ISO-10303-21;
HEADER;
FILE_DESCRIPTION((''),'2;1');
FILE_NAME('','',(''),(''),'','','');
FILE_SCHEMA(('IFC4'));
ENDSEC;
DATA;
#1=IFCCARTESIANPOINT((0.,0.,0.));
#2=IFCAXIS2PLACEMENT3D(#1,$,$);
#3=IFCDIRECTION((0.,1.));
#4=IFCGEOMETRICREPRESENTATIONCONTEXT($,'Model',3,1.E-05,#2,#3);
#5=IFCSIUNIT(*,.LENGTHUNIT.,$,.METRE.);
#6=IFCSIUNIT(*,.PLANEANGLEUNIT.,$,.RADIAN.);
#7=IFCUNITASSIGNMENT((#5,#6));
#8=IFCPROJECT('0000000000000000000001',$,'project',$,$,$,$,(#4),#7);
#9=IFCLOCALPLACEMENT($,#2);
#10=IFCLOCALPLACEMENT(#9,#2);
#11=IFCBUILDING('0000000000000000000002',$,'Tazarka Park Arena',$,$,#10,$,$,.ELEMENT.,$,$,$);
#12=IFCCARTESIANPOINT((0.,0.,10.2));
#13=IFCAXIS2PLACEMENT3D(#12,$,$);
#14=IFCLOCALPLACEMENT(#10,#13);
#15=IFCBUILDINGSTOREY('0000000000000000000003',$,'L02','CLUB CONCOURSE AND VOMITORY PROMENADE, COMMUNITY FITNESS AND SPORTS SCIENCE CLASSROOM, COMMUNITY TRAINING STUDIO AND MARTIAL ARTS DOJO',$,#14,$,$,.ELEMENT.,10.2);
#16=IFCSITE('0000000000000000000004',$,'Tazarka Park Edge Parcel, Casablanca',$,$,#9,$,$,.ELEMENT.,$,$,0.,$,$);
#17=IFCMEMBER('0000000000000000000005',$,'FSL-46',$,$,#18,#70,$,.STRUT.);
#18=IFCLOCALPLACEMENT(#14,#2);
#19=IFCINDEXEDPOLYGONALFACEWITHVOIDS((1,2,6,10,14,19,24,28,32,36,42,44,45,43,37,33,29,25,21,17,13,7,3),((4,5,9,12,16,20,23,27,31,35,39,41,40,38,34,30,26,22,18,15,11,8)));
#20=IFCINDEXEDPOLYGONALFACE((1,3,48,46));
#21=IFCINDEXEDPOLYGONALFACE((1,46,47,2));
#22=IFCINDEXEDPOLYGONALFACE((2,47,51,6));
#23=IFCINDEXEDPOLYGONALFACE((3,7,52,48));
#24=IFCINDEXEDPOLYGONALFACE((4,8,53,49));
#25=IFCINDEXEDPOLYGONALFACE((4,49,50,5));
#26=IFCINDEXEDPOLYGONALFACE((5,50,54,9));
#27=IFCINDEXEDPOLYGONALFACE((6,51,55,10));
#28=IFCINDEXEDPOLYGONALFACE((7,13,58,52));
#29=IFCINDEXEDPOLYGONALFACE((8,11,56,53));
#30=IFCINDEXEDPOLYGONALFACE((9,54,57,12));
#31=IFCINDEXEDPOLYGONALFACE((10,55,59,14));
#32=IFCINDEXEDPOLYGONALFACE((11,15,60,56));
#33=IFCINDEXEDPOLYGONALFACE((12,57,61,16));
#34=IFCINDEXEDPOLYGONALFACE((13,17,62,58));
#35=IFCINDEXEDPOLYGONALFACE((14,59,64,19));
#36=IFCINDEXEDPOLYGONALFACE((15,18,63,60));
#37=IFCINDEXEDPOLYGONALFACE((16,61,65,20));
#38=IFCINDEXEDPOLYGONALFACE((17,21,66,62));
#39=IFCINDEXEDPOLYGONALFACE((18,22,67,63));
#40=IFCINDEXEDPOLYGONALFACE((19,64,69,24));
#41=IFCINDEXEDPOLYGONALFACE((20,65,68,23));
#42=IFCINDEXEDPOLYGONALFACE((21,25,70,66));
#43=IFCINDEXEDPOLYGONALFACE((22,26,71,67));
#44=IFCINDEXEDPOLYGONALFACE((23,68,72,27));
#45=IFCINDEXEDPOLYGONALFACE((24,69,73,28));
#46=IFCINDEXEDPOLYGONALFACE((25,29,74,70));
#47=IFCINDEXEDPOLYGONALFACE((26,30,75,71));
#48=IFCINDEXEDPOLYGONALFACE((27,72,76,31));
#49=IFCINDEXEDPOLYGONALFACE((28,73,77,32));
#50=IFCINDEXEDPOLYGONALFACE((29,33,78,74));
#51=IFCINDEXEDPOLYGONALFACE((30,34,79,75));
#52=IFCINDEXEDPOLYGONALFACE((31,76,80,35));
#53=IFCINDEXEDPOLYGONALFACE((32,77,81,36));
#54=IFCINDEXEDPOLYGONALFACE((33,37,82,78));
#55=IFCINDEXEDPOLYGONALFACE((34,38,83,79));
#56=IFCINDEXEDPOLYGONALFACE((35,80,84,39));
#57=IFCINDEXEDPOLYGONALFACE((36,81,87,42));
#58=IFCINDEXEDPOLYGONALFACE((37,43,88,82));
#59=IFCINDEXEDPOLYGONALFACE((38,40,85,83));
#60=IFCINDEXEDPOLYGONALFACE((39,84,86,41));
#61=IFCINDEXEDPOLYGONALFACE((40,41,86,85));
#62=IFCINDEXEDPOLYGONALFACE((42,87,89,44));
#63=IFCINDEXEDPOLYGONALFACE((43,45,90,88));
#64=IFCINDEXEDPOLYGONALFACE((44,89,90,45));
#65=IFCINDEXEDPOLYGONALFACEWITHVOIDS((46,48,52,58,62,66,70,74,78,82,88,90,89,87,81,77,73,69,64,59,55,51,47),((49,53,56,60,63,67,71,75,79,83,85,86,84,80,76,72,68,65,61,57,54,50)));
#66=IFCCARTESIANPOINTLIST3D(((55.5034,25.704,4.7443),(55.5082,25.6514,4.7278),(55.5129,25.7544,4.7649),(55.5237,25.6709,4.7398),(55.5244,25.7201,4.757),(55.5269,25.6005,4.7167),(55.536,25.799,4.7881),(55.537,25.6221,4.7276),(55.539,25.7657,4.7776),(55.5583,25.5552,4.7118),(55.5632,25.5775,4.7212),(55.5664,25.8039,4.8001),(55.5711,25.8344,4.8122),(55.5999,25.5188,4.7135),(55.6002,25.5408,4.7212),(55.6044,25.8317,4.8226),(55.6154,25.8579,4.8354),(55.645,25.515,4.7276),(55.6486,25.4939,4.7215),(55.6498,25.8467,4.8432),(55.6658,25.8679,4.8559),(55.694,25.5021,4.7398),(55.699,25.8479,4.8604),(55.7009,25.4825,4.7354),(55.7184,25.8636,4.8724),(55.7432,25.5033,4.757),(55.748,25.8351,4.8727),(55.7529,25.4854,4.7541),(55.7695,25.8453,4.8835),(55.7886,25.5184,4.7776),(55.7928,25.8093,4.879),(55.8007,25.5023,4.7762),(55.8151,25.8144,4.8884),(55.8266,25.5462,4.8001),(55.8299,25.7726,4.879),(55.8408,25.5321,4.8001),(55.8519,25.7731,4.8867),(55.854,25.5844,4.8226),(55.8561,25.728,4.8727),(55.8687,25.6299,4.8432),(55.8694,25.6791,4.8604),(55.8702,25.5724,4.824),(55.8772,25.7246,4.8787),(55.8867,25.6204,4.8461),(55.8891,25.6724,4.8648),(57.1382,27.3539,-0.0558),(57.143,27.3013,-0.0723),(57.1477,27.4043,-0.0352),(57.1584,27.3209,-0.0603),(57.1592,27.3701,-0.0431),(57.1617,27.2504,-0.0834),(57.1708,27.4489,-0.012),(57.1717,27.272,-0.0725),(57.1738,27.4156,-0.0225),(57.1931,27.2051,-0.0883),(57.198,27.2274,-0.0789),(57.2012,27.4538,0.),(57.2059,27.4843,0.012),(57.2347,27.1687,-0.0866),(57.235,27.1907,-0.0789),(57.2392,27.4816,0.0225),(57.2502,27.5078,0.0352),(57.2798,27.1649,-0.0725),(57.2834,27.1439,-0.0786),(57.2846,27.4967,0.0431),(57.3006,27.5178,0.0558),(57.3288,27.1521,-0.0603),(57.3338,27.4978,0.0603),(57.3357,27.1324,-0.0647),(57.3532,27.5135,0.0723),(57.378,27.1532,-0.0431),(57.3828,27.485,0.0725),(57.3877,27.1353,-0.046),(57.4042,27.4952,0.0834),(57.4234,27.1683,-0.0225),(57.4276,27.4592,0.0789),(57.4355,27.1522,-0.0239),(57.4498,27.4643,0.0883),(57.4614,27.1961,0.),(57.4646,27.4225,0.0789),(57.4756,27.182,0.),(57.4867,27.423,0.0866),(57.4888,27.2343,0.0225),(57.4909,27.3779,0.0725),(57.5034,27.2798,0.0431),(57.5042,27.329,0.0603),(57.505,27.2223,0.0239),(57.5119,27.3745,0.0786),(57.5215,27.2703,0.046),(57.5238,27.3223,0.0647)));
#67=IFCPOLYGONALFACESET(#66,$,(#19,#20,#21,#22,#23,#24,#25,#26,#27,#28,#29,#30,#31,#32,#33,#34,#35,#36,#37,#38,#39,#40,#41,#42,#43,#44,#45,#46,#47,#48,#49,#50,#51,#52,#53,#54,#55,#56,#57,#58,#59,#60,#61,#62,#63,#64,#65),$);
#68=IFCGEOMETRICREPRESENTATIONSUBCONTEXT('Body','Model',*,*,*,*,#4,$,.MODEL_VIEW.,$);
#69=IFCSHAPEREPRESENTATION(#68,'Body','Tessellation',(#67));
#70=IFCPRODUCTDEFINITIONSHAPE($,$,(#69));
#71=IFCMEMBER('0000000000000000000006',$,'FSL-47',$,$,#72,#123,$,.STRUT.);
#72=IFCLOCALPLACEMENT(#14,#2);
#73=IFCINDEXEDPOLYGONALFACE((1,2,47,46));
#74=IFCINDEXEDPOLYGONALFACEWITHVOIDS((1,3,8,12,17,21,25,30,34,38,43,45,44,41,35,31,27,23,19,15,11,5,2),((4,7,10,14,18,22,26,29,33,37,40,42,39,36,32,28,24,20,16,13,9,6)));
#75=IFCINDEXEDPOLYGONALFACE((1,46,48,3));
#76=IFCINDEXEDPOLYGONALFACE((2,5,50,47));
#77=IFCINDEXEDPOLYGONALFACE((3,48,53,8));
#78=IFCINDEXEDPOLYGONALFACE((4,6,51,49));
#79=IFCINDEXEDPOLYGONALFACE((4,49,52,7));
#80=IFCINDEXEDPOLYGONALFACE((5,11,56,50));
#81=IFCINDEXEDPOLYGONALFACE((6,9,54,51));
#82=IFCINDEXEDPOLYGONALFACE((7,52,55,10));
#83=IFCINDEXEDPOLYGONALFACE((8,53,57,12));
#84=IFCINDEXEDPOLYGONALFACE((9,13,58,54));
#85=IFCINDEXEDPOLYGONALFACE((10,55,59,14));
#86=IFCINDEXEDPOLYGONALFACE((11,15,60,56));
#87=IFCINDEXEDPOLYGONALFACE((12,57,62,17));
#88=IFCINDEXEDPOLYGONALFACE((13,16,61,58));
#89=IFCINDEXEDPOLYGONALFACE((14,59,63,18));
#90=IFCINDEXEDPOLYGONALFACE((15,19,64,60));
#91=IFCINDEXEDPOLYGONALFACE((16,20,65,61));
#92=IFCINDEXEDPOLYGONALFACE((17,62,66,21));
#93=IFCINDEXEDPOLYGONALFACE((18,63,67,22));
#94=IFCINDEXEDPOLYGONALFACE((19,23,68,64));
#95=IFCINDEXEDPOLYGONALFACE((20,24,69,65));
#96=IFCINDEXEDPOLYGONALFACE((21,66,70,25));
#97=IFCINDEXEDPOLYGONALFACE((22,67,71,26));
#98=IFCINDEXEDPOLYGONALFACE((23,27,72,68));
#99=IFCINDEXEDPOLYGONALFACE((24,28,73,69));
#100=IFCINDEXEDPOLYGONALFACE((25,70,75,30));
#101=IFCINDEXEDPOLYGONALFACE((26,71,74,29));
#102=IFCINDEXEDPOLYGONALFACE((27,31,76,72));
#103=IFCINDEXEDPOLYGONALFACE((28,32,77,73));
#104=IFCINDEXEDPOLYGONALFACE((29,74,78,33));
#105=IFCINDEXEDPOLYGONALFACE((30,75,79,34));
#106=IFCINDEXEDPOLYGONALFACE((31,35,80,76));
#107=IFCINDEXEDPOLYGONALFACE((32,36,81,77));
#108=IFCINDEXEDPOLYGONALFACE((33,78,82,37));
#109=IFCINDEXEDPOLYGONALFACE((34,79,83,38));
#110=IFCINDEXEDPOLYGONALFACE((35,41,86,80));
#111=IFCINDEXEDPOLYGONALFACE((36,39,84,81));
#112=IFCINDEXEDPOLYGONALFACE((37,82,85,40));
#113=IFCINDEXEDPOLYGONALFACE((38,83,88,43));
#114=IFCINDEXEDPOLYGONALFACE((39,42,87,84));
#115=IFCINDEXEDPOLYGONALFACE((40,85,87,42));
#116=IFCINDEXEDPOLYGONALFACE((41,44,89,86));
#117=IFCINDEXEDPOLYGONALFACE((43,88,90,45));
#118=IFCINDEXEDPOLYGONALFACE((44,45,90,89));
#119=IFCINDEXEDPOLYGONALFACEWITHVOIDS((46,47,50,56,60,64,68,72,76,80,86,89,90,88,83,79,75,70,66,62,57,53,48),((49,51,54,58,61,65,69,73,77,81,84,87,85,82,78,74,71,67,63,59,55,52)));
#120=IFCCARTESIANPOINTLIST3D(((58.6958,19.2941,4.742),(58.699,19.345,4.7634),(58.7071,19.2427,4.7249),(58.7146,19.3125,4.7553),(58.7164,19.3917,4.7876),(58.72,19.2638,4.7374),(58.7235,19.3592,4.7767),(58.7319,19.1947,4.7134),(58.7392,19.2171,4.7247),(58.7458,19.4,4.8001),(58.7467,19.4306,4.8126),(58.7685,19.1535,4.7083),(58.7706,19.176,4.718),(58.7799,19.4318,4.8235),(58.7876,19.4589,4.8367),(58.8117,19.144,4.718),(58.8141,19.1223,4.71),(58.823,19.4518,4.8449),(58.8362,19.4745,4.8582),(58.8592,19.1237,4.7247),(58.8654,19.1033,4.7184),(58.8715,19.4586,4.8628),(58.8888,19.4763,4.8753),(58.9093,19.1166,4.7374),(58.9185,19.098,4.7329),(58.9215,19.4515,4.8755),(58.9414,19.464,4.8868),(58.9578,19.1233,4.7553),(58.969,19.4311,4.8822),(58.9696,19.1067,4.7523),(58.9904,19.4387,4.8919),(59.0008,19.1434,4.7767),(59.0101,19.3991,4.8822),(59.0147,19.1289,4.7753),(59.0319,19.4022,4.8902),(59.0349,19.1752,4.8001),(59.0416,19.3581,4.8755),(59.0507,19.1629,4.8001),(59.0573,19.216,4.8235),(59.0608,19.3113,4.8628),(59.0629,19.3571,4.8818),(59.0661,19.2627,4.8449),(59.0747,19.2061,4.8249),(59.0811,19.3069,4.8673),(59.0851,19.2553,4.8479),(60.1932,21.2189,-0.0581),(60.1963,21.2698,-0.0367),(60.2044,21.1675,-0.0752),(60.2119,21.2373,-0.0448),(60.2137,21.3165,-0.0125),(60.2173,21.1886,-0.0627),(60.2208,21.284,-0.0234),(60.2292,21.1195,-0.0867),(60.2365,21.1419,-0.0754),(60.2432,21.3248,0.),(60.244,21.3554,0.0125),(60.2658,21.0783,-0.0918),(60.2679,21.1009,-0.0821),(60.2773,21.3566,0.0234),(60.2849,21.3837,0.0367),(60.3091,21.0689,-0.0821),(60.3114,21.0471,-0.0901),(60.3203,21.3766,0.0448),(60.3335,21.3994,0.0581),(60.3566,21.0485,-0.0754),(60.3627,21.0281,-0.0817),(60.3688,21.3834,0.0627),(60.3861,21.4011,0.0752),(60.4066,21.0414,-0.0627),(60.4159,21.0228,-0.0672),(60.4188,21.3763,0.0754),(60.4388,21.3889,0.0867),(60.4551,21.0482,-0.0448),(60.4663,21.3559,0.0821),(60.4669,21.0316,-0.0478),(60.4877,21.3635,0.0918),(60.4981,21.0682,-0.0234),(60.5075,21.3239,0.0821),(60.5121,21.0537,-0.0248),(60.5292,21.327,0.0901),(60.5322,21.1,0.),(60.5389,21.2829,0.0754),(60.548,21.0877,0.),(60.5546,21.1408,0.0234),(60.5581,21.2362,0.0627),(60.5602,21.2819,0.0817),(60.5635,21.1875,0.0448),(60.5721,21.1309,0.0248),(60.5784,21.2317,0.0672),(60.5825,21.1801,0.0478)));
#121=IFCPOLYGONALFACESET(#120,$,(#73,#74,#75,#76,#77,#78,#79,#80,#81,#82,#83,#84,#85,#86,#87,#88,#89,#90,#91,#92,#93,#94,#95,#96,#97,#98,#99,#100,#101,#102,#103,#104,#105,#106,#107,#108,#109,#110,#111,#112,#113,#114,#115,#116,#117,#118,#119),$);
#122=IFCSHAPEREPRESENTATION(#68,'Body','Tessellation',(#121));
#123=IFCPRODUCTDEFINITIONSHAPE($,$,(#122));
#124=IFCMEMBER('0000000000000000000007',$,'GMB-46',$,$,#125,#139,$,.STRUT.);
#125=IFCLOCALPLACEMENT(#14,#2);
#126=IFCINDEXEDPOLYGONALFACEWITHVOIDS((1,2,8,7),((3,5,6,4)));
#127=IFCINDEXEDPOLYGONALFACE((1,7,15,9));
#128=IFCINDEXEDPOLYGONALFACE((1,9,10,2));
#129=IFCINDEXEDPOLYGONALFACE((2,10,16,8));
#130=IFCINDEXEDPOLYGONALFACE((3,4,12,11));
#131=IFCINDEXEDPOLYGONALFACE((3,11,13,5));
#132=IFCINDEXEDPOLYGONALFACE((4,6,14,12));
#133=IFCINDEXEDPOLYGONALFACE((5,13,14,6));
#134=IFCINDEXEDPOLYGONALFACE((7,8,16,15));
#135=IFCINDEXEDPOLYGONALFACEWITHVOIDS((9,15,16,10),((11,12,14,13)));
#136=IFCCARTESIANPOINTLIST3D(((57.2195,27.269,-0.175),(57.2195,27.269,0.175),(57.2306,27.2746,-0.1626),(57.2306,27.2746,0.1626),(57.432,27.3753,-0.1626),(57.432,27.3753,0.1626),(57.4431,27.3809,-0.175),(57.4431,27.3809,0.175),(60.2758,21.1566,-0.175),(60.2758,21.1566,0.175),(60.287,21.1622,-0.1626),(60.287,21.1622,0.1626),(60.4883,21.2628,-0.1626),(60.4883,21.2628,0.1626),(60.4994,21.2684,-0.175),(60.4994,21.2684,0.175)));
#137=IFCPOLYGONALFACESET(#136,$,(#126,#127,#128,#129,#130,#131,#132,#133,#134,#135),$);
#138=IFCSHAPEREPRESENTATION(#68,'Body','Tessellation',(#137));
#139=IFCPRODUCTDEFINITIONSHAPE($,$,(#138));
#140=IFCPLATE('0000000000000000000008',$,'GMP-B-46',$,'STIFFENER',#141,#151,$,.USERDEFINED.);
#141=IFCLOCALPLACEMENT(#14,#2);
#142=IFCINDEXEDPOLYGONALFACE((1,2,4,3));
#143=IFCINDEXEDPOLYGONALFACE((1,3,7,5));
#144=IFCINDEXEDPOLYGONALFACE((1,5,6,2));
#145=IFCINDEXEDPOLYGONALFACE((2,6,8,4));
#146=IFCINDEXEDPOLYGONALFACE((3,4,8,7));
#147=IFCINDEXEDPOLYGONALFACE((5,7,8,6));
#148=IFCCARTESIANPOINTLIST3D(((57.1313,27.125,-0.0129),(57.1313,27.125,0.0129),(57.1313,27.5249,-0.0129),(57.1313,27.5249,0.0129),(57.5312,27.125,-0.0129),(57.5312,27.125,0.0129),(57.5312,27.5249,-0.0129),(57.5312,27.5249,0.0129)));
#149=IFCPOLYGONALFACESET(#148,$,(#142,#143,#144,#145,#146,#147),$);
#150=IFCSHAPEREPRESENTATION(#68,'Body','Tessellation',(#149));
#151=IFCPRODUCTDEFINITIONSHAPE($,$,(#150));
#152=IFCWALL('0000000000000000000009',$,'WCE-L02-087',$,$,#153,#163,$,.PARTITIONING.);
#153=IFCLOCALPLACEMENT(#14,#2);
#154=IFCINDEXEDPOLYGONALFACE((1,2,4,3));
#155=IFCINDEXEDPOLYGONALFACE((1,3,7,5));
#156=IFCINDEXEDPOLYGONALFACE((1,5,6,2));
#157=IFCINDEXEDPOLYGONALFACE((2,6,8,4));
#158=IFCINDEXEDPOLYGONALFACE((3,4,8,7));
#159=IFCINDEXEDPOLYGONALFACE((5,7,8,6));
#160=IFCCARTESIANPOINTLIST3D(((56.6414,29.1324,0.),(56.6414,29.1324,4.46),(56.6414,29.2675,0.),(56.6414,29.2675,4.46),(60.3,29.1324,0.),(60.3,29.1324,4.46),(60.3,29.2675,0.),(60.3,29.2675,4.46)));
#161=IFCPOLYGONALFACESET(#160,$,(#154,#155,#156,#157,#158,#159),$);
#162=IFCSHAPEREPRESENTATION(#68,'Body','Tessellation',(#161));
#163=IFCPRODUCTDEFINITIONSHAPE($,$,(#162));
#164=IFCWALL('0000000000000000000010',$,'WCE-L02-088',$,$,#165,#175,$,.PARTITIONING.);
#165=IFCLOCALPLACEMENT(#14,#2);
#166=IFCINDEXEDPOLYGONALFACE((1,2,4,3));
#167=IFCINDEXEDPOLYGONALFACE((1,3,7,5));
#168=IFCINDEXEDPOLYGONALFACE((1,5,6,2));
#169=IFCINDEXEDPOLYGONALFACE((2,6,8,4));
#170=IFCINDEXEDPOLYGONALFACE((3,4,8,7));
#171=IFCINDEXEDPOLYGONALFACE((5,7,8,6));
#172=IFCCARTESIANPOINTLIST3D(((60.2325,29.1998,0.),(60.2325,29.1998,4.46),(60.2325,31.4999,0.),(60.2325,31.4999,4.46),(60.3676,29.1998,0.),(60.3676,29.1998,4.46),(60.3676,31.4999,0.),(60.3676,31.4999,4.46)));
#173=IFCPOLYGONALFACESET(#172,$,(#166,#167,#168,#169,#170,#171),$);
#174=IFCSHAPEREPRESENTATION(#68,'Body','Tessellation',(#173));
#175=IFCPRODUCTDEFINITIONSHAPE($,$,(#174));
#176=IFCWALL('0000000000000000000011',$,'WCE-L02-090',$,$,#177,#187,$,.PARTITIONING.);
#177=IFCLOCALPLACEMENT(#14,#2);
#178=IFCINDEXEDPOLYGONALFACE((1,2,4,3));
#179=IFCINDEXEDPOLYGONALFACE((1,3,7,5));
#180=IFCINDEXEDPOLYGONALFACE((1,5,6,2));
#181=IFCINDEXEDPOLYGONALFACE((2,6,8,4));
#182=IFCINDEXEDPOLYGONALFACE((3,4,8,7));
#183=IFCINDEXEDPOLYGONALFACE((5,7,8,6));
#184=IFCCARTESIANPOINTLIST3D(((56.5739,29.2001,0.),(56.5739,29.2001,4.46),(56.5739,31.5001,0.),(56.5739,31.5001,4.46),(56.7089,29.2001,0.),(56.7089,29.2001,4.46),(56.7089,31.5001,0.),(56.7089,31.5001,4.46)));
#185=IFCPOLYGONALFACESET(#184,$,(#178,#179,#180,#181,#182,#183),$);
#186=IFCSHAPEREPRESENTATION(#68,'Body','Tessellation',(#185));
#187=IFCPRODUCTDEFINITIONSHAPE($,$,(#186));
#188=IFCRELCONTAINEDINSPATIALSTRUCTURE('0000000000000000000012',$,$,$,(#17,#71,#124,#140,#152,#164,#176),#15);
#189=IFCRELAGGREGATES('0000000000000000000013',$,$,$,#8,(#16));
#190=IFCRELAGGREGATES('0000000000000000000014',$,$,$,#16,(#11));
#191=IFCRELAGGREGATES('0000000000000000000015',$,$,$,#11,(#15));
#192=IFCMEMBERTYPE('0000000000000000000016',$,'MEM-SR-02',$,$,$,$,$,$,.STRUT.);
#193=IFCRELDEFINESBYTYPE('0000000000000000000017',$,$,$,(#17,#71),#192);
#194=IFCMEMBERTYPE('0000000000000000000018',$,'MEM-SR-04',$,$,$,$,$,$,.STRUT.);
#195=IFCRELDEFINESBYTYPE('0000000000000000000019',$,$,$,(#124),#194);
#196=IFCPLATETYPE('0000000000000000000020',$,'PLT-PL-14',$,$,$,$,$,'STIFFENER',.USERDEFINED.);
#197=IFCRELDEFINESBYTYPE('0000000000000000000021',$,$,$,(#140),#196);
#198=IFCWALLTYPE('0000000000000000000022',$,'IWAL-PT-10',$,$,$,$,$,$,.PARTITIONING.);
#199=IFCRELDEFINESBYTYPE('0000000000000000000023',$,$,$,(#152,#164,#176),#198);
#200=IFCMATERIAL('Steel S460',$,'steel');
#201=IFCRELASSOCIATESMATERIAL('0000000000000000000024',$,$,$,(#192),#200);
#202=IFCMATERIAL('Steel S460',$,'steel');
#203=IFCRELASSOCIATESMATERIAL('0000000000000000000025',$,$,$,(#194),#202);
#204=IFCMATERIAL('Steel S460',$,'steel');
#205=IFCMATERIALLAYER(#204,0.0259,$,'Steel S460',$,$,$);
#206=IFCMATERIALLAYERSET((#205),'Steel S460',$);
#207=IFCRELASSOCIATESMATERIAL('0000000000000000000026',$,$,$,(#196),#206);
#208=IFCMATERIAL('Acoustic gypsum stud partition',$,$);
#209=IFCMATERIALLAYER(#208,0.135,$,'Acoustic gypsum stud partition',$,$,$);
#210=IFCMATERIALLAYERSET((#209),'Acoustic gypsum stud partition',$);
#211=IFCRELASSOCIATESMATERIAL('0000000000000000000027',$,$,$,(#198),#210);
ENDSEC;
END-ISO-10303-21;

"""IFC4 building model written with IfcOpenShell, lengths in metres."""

from ifc_helpers import new_model, si_unit, direction, frame, frame_2d, origin, origin_2d, place, context, subcontext, project, spatial, rectangle, hollow_rectangle, hollow_circle, extrude, material, layer, layer_set, material_profile, profile_set, type_object, element, save


model = new_model("IFC4")

# Units and contexts
model_context = context("Model", 3, precision=1e-05, world=origin(), true_north=direction((0.0, 1.0)))
body_context = subcontext(model_context, "Body", "Model", "MODEL_VIEW")
ifc_project = project(units=[si_unit("LENGTHUNIT", "METRE"), si_unit("PLANEANGLEUNIT", "RADIAN")], contexts=[model_context])

# Site, building, storey
site_placement = place(None, origin())
site = spatial("IfcSite", under=ifc_project, at=site_placement, Name="Tazarka Park Edge Parcel, Casablanca", CompositionType="ELEMENT", RefElevation=0.0)
building_placement = place(site_placement, origin())
building = spatial("IfcBuilding", under=site, at=building_placement, Name="Tazarka Park Arena", CompositionType="ELEMENT")
storey_placement = place(building_placement, frame((0.0, 0.0, 10.2)))
storey = spatial("IfcBuildingStorey", under=building, at=storey_placement, Name="L02", Description="CLUB CONCOURSE AND VOMITORY PROMENADE, COMMUNITY FITNESS AND SPORTS SCIENCE CLASSROOM, COMMUNITY TRAINING STUDIO AND MARTIAL ARTS DOJO", CompositionType="ELEMENT", Elevation=10.2)

# Members
ifc_material_1 = material(Name="Steel S460", Category="steel")
ifc_material_profile_1 = material_profile(ifc_material_1, hollow_circle(Radius=0.2031, WallThickness=0.02, at=origin_2d()), Name="Steel S460")
ifc_profile_set_1 = profile_set([ifc_material_profile_1], Name="Steel S460")
member_type_1 = type_object("IfcMemberType", Name="MEM-SR-02", PredefinedType="STRUT", material=ifc_profile_set_1)
member_1_placement = place(storey_placement, frame((57.3313, 27.325, 0.0), z_axis=(-0.306569, -0.309407, 0.900157), x_axis=(0.710358, -0.703841, 0.0)))
element("IfcMember", 1, at=member_1_placement, inside=storey, type_object=member_type_1, Name="FSL-46", PredefinedType="STRUT", context=body_context, shape_type="SweptSolid", body=[
    extrude(hollow_circle(Radius=0.2031, WallThickness=0.02, at=origin_2d()), origin(), (0.0, 0.0, 1.0), 5.3325),
])
member_2_placement = place(storey_placement, frame((60.3877, 21.2124, 0.0), z_axis=(-0.278105, -0.357506, 0.891542), x_axis=(0.789304, -0.614003, 0.0)))
element("IfcMember", 2, at=member_2_placement, inside=storey, type_object=member_type_1, Name="FSL-47", PredefinedType="STRUT", context=body_context, shape_type="SweptSolid", body=[
    extrude(hollow_circle(Radius=0.2031, WallThickness=0.02, at=origin_2d()), origin(), (0.0, 0.0, 1.0), 5.384),
])
ifc_material_2 = material(Name="Steel S460", Category="steel")
ifc_material_profile_2 = material_profile(ifc_material_2, hollow_rectangle(XDim=0.25, YDim=0.3501, WallThickness=0.0125, at=origin_2d()), Name="Steel S460")
ifc_profile_set_2 = profile_set([ifc_material_profile_2], Name="Steel S460")
member_type_2 = type_object("IfcMemberType", Name="MEM-SR-04", PredefinedType="STRUT", material=ifc_profile_set_2)
member_3_placement = place(storey_placement, frame((57.3313, 27.325, 0.0), z_axis=(0.447228, -0.89442, 0.0), x_axis=(0.89442, 0.447228, 0.0)))
element("IfcMember", 3, at=member_3_placement, inside=storey, type_object=member_type_2, Name="GMB-46", PredefinedType="STRUT", context=body_context, shape_type="SweptSolid", body=[
    extrude(hollow_rectangle(XDim=0.25, YDim=0.3501, WallThickness=0.0125, at=origin_2d()), origin(), (0.0, 0.0, 1.0), 6.834),
])

# Plate
ifc_material_3 = material(Name="Steel S460", Category="steel")
ifc_layer_1 = layer(ifc_material_3, 0.0259, Name="Steel S460")
ifc_layer_set_1 = layer_set([ifc_layer_1], Name="Steel S460")
plate_type = type_object("IfcPlateType", Name="PLT-PL-14", ElementType="STIFFENER", PredefinedType="USERDEFINED", material=ifc_layer_set_1)
plate_placement = place(storey_placement, frame((57.3313, 27.325, -0.0129), z_axis=(0.0, 0.0, 1.0), x_axis=(1.0, 0.0, 0.0)))
element("IfcPlate", 4, at=plate_placement, inside=storey, type_object=plate_type, Name="GMP-B-46", ObjectType="STIFFENER", PredefinedType="USERDEFINED", context=body_context, shape_type="SweptSolid", body=[
    extrude(rectangle(XDim=0.3999, YDim=0.3999, at=origin_2d()), origin(), (0.0, 0.0, 1.0), 0.0259),
])

# Walls
ifc_material_4 = material(Name="Acoustic gypsum stud partition")
ifc_layer_2 = layer(ifc_material_4, 0.135, Name="Acoustic gypsum stud partition")
ifc_layer_set_2 = layer_set([ifc_layer_2], Name="Acoustic gypsum stud partition")
wall_type_1 = type_object("IfcWallType", Name="IWAL-PT-10", PredefinedType="PARTITIONING", material=ifc_layer_set_2)
wall_1_placement = place(storey_placement, frame((56.6414, 29.2, 0.0), z_axis=(0.0, 0.0, 1.0), x_axis=(1.0, 0.0, 0.0)))
element("IfcWall", 5, at=wall_1_placement, inside=storey, type_object=wall_type_1, Name="WCE-L02-087", PredefinedType="PARTITIONING", context=body_context, shape_type="SweptSolid", body=[
    extrude(rectangle(XDim=3.6587, YDim=0.135, at=frame_2d((1.8293, 0.0))), origin(), (0.0, 0.0, 1.0), 4.46),
])
wall_2_placement = place(storey_placement, frame((60.3, 29.2, 0.0), z_axis=(0.0, 0.0, 1.0), x_axis=(0.0, 1.0, 0.0)))
element("IfcWall", 6, at=wall_2_placement, inside=storey, type_object=wall_type_1, Name="WCE-L02-088", PredefinedType="PARTITIONING", context=body_context, shape_type="SweptSolid", body=[
    extrude(rectangle(XDim=2.3, YDim=0.135, at=frame_2d((1.1499, 0.0))), origin(), (0.0, 0.0, 1.0), 4.46),
])

# Wall
wall_3_placement = place(storey_placement, frame((56.6414, 31.5, 0.0), z_axis=(0.0, 0.0, 1.0), x_axis=(0.0, -1.0, 0.0)))
element("IfcWall", 7, at=wall_3_placement, inside=storey, type_object=wall_type_1, Name="WCE-L02-090", PredefinedType="PARTITIONING", context=body_context, shape_type="SweptSolid", body=[
    extrude(rectangle(XDim=2.3, YDim=0.135, at=frame_2d((1.1499, 0.0))), origin(), (0.0, 0.0, 1.0), 4.46),
])

save(model, "model.ifc")
